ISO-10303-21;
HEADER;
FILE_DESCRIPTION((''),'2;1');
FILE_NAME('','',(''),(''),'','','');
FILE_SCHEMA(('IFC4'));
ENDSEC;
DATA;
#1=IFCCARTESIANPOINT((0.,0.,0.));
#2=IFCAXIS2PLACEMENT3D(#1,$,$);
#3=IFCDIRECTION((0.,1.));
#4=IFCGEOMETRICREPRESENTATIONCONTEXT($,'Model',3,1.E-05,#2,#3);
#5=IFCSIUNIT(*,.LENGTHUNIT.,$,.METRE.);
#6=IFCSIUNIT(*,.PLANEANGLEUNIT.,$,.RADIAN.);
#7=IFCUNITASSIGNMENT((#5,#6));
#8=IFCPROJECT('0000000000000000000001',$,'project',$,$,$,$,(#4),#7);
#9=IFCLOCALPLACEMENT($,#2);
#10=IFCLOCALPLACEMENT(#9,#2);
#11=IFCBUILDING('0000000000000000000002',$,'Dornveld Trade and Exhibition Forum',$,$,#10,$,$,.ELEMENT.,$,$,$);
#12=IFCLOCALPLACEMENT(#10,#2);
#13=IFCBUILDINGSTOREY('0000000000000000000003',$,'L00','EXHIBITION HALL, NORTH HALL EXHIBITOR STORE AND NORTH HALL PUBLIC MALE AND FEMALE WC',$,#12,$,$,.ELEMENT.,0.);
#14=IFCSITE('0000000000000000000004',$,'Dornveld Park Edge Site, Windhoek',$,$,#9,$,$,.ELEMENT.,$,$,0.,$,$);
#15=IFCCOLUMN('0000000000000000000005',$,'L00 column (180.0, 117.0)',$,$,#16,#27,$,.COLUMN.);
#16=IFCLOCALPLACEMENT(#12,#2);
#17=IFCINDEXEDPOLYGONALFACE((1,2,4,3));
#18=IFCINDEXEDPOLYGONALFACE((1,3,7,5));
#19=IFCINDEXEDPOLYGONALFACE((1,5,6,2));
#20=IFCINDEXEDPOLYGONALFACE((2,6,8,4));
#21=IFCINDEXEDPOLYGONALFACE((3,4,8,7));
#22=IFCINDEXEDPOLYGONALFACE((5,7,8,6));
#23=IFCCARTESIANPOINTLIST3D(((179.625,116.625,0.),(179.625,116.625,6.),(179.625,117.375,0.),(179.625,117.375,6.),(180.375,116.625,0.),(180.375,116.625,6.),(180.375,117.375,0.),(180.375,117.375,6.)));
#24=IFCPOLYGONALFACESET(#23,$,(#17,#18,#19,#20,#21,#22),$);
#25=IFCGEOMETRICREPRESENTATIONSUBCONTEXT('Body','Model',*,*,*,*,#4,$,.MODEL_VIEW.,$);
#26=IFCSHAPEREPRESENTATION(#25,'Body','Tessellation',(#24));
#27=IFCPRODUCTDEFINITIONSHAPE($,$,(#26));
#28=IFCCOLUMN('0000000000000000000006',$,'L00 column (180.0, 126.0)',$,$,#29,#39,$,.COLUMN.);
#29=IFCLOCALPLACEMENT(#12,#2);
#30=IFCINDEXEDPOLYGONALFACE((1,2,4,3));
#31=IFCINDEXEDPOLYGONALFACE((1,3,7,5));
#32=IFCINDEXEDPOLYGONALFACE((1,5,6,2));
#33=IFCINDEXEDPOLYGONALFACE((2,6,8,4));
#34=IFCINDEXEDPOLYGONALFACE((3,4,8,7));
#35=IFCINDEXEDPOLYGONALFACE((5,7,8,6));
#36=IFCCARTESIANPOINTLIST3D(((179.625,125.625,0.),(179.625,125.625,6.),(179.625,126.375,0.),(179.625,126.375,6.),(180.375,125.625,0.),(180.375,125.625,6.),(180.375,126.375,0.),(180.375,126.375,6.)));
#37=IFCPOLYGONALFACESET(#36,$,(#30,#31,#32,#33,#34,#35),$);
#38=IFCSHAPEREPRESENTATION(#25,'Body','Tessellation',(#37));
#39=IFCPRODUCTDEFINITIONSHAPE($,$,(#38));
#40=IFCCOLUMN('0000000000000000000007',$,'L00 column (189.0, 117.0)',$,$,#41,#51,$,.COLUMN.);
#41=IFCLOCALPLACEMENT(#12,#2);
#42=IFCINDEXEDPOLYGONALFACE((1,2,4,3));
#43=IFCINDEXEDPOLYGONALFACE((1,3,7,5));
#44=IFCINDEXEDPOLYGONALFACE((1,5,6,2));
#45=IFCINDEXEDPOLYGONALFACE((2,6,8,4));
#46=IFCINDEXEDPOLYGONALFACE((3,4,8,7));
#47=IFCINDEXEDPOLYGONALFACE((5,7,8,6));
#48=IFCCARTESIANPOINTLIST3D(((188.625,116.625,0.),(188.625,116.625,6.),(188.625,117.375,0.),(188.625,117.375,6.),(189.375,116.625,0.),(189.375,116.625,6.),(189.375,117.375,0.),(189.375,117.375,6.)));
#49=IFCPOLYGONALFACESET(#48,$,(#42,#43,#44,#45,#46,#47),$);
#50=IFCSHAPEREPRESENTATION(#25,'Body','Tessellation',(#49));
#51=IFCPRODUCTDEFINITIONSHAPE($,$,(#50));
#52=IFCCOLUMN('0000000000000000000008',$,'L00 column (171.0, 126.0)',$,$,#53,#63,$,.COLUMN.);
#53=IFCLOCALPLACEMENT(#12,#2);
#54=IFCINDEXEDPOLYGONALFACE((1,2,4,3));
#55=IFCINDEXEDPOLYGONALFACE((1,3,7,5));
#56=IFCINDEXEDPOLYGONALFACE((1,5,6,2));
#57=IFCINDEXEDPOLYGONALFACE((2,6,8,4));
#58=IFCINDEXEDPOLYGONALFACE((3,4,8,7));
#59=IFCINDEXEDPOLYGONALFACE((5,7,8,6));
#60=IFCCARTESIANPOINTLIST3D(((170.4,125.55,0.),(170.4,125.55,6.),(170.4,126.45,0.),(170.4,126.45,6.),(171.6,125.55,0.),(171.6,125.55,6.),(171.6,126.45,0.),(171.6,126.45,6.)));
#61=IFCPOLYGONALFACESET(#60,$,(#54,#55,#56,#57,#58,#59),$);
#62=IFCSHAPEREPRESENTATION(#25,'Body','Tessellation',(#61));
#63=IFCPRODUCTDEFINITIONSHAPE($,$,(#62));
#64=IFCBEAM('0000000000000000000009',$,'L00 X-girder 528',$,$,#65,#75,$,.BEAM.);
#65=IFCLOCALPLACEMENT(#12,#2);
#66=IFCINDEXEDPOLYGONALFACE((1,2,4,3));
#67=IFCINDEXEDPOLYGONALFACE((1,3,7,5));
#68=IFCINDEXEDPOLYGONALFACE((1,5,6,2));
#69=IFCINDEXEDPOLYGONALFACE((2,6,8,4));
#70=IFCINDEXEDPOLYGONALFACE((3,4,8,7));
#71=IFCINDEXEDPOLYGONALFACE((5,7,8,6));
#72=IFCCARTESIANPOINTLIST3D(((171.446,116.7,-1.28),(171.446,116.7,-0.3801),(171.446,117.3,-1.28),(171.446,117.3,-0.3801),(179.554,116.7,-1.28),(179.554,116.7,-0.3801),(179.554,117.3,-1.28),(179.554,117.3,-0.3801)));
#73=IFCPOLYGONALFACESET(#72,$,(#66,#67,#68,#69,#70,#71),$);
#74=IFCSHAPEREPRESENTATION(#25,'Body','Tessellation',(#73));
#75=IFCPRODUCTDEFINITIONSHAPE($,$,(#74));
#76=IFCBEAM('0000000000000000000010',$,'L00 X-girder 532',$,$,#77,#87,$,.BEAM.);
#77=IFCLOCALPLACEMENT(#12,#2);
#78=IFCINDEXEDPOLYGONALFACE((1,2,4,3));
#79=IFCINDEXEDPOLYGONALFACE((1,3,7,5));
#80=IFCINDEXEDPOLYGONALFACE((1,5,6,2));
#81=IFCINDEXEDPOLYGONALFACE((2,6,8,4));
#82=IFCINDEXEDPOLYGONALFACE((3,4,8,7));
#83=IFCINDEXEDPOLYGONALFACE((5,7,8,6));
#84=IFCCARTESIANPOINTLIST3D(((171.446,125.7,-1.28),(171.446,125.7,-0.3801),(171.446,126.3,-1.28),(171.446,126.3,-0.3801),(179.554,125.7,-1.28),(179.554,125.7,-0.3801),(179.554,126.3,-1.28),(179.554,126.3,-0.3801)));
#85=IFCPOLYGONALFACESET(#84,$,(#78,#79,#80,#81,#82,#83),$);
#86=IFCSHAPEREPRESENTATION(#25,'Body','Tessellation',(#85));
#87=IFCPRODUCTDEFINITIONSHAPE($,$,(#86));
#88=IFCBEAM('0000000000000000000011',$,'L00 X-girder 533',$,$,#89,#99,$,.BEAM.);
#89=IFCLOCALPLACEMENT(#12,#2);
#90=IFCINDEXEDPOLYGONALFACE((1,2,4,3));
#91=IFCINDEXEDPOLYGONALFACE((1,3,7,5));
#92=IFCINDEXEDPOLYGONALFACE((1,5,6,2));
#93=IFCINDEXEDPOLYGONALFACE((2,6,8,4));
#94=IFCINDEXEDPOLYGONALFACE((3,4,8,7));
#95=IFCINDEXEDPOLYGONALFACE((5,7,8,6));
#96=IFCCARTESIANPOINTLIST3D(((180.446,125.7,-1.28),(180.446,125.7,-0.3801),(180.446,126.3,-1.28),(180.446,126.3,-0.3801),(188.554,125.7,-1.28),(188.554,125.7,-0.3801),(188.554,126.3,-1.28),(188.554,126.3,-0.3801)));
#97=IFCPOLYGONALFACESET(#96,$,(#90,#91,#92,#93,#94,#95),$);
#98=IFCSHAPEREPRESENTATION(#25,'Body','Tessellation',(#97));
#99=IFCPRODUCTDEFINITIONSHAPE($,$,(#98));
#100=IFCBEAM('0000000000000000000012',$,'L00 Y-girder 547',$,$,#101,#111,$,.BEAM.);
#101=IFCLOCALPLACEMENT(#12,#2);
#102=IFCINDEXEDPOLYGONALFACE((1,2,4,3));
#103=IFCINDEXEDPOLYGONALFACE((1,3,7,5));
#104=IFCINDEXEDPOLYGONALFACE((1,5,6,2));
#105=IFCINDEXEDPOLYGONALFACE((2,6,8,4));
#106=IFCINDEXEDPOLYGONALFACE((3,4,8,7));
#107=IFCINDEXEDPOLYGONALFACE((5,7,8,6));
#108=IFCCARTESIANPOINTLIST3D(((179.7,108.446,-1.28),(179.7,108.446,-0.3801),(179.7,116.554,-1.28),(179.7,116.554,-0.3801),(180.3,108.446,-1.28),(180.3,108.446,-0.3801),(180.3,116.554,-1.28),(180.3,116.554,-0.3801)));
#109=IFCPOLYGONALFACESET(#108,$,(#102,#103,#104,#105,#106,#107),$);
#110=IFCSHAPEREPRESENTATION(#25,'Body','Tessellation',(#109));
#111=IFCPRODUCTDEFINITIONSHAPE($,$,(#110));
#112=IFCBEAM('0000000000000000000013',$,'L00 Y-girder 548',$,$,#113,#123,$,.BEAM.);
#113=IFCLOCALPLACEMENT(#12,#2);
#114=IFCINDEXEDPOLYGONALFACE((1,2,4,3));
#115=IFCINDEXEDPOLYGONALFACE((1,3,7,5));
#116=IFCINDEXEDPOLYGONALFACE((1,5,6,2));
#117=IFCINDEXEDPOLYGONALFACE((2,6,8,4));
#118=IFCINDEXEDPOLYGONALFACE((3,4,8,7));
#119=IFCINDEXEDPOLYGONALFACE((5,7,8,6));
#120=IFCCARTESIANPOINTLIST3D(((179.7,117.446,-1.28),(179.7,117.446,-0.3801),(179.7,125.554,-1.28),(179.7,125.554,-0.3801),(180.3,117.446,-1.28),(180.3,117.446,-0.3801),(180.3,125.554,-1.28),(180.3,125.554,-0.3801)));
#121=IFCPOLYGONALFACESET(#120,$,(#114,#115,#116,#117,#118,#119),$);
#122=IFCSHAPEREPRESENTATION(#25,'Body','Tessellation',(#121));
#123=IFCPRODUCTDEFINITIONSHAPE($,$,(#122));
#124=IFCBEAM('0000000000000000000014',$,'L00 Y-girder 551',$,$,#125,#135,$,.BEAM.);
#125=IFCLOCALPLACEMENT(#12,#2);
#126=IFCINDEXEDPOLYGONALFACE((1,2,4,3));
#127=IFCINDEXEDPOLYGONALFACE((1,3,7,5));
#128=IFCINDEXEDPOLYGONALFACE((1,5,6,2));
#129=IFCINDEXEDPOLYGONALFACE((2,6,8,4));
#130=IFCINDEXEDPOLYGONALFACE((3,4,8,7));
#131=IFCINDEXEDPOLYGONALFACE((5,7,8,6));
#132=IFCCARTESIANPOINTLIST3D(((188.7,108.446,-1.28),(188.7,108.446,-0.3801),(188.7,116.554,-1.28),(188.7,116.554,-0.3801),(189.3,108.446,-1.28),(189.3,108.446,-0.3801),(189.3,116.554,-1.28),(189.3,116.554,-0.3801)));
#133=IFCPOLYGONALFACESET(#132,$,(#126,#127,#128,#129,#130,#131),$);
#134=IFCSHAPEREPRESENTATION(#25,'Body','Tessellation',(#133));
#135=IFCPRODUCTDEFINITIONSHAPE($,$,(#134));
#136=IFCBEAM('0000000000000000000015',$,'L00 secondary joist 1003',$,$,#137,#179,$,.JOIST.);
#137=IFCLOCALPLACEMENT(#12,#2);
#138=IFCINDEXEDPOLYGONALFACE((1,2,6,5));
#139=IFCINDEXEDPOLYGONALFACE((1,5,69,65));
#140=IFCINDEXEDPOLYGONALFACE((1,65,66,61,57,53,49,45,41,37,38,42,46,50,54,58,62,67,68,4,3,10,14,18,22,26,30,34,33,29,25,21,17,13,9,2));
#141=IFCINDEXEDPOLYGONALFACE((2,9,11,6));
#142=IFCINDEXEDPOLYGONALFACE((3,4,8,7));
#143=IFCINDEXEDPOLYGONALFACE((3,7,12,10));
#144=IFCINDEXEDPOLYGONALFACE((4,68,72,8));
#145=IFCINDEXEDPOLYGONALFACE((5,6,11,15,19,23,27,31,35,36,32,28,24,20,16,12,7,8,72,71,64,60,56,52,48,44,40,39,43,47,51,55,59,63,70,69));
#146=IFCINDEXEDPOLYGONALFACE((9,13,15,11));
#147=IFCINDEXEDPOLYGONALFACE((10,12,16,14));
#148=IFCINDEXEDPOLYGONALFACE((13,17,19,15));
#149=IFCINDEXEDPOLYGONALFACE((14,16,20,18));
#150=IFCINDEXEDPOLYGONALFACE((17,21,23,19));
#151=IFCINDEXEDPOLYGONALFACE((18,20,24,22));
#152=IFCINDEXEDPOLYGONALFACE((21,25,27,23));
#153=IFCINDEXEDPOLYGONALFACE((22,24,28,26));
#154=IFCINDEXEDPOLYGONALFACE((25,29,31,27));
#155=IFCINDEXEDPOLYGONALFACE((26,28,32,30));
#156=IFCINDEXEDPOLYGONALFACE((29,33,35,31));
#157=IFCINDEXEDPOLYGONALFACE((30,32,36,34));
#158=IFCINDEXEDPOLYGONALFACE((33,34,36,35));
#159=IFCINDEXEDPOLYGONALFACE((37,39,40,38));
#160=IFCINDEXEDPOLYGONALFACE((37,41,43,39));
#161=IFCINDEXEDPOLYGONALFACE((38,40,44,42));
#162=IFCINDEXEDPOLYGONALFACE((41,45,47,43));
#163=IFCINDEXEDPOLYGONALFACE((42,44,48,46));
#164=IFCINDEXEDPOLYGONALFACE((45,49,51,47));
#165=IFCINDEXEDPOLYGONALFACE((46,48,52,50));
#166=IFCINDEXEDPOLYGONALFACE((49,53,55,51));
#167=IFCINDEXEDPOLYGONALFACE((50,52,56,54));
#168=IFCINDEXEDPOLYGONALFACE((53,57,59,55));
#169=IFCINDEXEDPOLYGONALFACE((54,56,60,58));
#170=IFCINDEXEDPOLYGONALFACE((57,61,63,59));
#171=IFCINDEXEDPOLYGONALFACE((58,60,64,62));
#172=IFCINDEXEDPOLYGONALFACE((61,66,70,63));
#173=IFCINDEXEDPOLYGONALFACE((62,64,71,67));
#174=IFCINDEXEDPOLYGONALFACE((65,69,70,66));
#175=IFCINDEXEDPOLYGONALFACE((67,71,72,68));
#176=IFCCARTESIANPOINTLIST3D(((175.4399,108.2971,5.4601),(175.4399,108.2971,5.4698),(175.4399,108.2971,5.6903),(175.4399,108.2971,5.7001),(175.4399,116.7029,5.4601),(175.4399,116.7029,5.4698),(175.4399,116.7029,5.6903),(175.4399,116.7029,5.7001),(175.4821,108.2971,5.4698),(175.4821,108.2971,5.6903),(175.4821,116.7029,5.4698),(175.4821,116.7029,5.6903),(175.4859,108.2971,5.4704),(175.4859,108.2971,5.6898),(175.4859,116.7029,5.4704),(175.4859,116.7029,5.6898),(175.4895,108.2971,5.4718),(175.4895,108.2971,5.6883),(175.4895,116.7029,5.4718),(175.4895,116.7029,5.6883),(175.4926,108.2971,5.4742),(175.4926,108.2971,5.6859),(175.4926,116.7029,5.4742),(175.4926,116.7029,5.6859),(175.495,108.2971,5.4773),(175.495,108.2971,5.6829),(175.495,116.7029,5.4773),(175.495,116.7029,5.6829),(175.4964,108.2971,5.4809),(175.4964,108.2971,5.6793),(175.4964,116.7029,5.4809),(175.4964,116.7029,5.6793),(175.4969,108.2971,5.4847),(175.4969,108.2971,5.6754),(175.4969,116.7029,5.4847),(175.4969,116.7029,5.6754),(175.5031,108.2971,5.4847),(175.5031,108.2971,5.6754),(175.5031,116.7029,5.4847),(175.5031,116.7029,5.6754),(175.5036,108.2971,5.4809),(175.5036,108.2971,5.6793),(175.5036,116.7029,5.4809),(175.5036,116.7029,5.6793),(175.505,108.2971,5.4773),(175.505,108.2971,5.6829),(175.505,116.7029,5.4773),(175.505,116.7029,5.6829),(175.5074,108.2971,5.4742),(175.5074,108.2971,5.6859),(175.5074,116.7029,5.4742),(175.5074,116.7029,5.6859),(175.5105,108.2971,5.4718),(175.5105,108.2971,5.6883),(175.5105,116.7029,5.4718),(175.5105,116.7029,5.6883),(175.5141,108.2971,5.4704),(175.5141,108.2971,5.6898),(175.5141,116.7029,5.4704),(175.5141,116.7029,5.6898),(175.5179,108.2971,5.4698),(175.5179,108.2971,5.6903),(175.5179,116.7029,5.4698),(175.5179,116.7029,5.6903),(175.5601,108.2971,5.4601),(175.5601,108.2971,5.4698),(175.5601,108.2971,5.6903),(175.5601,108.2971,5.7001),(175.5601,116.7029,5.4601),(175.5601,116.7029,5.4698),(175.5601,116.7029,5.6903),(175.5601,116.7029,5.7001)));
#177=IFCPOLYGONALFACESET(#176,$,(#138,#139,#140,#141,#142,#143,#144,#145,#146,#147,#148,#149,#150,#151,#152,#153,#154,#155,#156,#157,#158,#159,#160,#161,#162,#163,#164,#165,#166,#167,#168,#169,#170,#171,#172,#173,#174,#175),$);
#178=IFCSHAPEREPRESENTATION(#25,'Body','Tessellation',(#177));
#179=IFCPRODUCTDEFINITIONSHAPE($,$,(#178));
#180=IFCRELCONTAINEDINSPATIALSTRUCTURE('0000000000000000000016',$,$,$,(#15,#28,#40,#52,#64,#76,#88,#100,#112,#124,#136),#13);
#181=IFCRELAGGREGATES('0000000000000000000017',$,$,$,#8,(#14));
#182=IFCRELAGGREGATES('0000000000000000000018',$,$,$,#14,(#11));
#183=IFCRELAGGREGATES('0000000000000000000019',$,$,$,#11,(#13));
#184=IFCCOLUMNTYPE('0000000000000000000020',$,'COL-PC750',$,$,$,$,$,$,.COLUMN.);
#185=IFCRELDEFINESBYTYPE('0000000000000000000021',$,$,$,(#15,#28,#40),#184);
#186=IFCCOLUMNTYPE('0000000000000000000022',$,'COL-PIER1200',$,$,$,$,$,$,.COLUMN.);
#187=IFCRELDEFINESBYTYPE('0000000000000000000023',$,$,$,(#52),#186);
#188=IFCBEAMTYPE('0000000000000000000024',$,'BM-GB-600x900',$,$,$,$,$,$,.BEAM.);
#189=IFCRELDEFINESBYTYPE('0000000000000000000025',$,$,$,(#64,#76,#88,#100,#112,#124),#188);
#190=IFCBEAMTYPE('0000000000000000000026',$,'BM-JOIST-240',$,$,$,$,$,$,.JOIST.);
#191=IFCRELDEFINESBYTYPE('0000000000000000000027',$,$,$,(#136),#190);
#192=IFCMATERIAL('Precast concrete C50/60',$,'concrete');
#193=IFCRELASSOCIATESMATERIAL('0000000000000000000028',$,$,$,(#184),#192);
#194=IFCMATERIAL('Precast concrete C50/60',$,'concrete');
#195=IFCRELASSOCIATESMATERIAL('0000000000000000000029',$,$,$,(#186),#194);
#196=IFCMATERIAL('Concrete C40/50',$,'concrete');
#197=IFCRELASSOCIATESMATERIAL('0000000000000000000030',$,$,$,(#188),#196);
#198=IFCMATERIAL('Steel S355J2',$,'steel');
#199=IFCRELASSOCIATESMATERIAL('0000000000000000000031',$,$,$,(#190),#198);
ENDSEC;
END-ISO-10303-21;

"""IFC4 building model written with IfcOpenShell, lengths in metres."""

from ifc_helpers import new_model, si_unit, direction, frame, origin, origin_2d, place, context, subcontext, project, spatial, rectangle, i_section, extrude, material, material_profile, profile_set, type_object, element, save


model = new_model("IFC4")

# Units and contexts
model_context = context("Model", 3, precision=1e-05, world=origin(), true_north=direction((0.0, 1.0)))
body_context = subcontext(model_context, "Body", "Model", "MODEL_VIEW")
ifc_project = project(units=[si_unit("LENGTHUNIT", "METRE"), si_unit("PLANEANGLEUNIT", "RADIAN")], contexts=[model_context])

# Site, building, storey
site_placement = place(None, origin())
site = spatial("IfcSite", under=ifc_project, at=site_placement, Name="Dornveld Park Edge Site, Windhoek", CompositionType="ELEMENT", RefElevation=0.0)
building_placement = place(site_placement, origin())
building = spatial("IfcBuilding", under=site, at=building_placement, Name="Dornveld Trade and Exhibition Forum", CompositionType="ELEMENT")
storey_placement = place(building_placement, origin())
storey = spatial("IfcBuildingStorey", under=building, at=storey_placement, Name="L00", Description="EXHIBITION HALL, NORTH HALL EXHIBITOR STORE AND NORTH HALL PUBLIC MALE AND FEMALE WC", CompositionType="ELEMENT", Elevation=0.0)

# Columns
ifc_material_1 = material(Name="Precast concrete C50/60", Category="concrete")
ifc_material_profile_1 = material_profile(ifc_material_1, rectangle(XDim=0.75, YDim=0.75, at=origin_2d()), Name="PC-COL 750x750")
ifc_profile_set_1 = profile_set([ifc_material_profile_1], Name="Precast concrete C50/60")
column_type_1 = type_object("IfcColumnType", Name="COL-PC750", PredefinedType="COLUMN", material=ifc_profile_set_1)
for number, where, z_axis, x_axis, name in (
    (1, (180.0, 117.0, 0.0), (0.0, 0.0, 1.0), (1.0, 0.0, 0.0), "L00 column (180.0, 117.0)"),
    (2, (180.0, 126.0, 0.0), (0.0, 0.0, 1.0), (1.0, 0.0, 0.0), "L00 column (180.0, 126.0)"),
    (3, (189.0, 117.0, 0.0), (0.0, 0.0, 1.0), (1.0, 0.0, 0.0), "L00 column (189.0, 117.0)"),
):
    element("IfcColumn", number, at=place(storey_placement, frame(where, z_axis=z_axis, x_axis=x_axis)), inside=storey, type_object=column_type_1, Name=name, PredefinedType="COLUMN", context=body_context, shape_type="SweptSolid", body=[
        extrude(rectangle(XDim=0.75, YDim=0.75, at=origin_2d()), origin(), (0.0, 0.0, 1.0), 6.0),
    ])
ifc_material_2 = material(Name="Precast concrete C50/60", Category="concrete")
ifc_material_profile_2 = material_profile(ifc_material_2, rectangle(XDim=1.2, YDim=0.8999, at=origin_2d()), Name="PC-PIER 1200x900")
ifc_profile_set_2 = profile_set([ifc_material_profile_2], Name="Precast concrete C50/60")
column_type_2 = type_object("IfcColumnType", Name="COL-PIER1200", PredefinedType="COLUMN", material=ifc_profile_set_2)
column_placement = place(storey_placement, frame((171.0, 126.0, 0.0), z_axis=(0.0, 0.0, 1.0), x_axis=(1.0, 0.0, 0.0)))
element("IfcColumn", 4, at=column_placement, inside=storey, type_object=column_type_2, Name="L00 column (171.0, 126.0)", PredefinedType="COLUMN", context=body_context, shape_type="SweptSolid", body=[
    extrude(rectangle(XDim=1.2, YDim=0.8999, at=origin_2d()), origin(), (0.0, 0.0, 1.0), 6.0),
])

# Beams
ifc_material_3 = material(Name="Concrete C40/50", Category="concrete")
ifc_material_profile_3 = material_profile(ifc_material_3, rectangle(XDim=0.6001, YDim=0.8999, at=origin_2d()), Name="RC-GB 600x900")
ifc_profile_set_3 = profile_set([ifc_material_profile_3], Name="Concrete C40/50")
beam_type_1 = type_object("IfcBeamType", Name="BM-GB-600x900", PredefinedType="BEAM", material=ifc_profile_set_3)
for number, where, z_axis, x_axis, name in (
    (5, (171.446, 117.0, -0.8301), (1.0, 0.0, 0.0), (0.0, 1.0, 0.0), "L00 X-girder 528"),
    (6, (171.446, 126.0, -0.8301), (1.0, 0.0, 0.0), (0.0, 1.0, 0.0), "L00 X-girder 532"),
    (7, (180.446, 126.0, -0.8301), (1.0, 0.0, 0.0), (0.0, 1.0, 0.0), "L00 X-girder 533"),
    (8, (180.0, 108.446, -0.8301), (0.0, 1.0, 0.0), (-1.0, 0.0, 0.0), "L00 Y-girder 547"),
    (9, (180.0, 117.446, -0.8301), (0.0, 1.0, 0.0), (-1.0, 0.0, 0.0), "L00 Y-girder 548"),
    (10, (189.0, 108.446, -0.8301), (0.0, 1.0, 0.0), (-1.0, 0.0, 0.0), "L00 Y-girder 551"),
):
    element("IfcBeam", number, at=place(storey_placement, frame(where, z_axis=z_axis, x_axis=x_axis)), inside=storey, type_object=beam_type_1, Name=name, PredefinedType="BEAM", context=body_context, shape_type="SweptSolid", body=[
        extrude(rectangle(XDim=0.6001, YDim=0.8999, at=origin_2d()), origin(), (0.0, 0.0, 1.0), 8.1079),
    ])
ifc_material_4 = material(Name="Steel S355J2", Category="steel")
ifc_material_profile_4 = material_profile(ifc_material_4, i_section(OverallWidth=0.1201, OverallDepth=0.24, WebThickness=0.0061, FlangeThickness=0.0098, FilletRadius=0.0149, at=origin_2d()), Name="IPE 240")
ifc_profile_set_4 = profile_set([ifc_material_profile_4], Name="Steel S355J2")
beam_type_2 = type_object("IfcBeamType", Name="BM-JOIST-240", PredefinedType="JOIST", material=ifc_profile_set_4)
for number, where, z_axis, x_axis, name in (
    (11, (175.5, 108.2971, 5.5801), (0.0, 1.0, 0.0), (-1.0, 0.0, 0.0), "L00 secondary joist 1003"),
):
    element("IfcBeam", number, at=place(storey_placement, frame(where, z_axis=z_axis, x_axis=x_axis)), inside=storey, type_object=beam_type_2, Name=name, PredefinedType="JOIST", context=body_context, shape_type="SweptSolid", body=[
        extrude(i_section(OverallWidth=0.1201, OverallDepth=0.24, WebThickness=0.0061, FlangeThickness=0.0098, FilletRadius=0.0149, at=origin_2d()), origin(), (0.0, 0.0, 1.0), 8.4058),
    ])

save(model, "model.ifc")
